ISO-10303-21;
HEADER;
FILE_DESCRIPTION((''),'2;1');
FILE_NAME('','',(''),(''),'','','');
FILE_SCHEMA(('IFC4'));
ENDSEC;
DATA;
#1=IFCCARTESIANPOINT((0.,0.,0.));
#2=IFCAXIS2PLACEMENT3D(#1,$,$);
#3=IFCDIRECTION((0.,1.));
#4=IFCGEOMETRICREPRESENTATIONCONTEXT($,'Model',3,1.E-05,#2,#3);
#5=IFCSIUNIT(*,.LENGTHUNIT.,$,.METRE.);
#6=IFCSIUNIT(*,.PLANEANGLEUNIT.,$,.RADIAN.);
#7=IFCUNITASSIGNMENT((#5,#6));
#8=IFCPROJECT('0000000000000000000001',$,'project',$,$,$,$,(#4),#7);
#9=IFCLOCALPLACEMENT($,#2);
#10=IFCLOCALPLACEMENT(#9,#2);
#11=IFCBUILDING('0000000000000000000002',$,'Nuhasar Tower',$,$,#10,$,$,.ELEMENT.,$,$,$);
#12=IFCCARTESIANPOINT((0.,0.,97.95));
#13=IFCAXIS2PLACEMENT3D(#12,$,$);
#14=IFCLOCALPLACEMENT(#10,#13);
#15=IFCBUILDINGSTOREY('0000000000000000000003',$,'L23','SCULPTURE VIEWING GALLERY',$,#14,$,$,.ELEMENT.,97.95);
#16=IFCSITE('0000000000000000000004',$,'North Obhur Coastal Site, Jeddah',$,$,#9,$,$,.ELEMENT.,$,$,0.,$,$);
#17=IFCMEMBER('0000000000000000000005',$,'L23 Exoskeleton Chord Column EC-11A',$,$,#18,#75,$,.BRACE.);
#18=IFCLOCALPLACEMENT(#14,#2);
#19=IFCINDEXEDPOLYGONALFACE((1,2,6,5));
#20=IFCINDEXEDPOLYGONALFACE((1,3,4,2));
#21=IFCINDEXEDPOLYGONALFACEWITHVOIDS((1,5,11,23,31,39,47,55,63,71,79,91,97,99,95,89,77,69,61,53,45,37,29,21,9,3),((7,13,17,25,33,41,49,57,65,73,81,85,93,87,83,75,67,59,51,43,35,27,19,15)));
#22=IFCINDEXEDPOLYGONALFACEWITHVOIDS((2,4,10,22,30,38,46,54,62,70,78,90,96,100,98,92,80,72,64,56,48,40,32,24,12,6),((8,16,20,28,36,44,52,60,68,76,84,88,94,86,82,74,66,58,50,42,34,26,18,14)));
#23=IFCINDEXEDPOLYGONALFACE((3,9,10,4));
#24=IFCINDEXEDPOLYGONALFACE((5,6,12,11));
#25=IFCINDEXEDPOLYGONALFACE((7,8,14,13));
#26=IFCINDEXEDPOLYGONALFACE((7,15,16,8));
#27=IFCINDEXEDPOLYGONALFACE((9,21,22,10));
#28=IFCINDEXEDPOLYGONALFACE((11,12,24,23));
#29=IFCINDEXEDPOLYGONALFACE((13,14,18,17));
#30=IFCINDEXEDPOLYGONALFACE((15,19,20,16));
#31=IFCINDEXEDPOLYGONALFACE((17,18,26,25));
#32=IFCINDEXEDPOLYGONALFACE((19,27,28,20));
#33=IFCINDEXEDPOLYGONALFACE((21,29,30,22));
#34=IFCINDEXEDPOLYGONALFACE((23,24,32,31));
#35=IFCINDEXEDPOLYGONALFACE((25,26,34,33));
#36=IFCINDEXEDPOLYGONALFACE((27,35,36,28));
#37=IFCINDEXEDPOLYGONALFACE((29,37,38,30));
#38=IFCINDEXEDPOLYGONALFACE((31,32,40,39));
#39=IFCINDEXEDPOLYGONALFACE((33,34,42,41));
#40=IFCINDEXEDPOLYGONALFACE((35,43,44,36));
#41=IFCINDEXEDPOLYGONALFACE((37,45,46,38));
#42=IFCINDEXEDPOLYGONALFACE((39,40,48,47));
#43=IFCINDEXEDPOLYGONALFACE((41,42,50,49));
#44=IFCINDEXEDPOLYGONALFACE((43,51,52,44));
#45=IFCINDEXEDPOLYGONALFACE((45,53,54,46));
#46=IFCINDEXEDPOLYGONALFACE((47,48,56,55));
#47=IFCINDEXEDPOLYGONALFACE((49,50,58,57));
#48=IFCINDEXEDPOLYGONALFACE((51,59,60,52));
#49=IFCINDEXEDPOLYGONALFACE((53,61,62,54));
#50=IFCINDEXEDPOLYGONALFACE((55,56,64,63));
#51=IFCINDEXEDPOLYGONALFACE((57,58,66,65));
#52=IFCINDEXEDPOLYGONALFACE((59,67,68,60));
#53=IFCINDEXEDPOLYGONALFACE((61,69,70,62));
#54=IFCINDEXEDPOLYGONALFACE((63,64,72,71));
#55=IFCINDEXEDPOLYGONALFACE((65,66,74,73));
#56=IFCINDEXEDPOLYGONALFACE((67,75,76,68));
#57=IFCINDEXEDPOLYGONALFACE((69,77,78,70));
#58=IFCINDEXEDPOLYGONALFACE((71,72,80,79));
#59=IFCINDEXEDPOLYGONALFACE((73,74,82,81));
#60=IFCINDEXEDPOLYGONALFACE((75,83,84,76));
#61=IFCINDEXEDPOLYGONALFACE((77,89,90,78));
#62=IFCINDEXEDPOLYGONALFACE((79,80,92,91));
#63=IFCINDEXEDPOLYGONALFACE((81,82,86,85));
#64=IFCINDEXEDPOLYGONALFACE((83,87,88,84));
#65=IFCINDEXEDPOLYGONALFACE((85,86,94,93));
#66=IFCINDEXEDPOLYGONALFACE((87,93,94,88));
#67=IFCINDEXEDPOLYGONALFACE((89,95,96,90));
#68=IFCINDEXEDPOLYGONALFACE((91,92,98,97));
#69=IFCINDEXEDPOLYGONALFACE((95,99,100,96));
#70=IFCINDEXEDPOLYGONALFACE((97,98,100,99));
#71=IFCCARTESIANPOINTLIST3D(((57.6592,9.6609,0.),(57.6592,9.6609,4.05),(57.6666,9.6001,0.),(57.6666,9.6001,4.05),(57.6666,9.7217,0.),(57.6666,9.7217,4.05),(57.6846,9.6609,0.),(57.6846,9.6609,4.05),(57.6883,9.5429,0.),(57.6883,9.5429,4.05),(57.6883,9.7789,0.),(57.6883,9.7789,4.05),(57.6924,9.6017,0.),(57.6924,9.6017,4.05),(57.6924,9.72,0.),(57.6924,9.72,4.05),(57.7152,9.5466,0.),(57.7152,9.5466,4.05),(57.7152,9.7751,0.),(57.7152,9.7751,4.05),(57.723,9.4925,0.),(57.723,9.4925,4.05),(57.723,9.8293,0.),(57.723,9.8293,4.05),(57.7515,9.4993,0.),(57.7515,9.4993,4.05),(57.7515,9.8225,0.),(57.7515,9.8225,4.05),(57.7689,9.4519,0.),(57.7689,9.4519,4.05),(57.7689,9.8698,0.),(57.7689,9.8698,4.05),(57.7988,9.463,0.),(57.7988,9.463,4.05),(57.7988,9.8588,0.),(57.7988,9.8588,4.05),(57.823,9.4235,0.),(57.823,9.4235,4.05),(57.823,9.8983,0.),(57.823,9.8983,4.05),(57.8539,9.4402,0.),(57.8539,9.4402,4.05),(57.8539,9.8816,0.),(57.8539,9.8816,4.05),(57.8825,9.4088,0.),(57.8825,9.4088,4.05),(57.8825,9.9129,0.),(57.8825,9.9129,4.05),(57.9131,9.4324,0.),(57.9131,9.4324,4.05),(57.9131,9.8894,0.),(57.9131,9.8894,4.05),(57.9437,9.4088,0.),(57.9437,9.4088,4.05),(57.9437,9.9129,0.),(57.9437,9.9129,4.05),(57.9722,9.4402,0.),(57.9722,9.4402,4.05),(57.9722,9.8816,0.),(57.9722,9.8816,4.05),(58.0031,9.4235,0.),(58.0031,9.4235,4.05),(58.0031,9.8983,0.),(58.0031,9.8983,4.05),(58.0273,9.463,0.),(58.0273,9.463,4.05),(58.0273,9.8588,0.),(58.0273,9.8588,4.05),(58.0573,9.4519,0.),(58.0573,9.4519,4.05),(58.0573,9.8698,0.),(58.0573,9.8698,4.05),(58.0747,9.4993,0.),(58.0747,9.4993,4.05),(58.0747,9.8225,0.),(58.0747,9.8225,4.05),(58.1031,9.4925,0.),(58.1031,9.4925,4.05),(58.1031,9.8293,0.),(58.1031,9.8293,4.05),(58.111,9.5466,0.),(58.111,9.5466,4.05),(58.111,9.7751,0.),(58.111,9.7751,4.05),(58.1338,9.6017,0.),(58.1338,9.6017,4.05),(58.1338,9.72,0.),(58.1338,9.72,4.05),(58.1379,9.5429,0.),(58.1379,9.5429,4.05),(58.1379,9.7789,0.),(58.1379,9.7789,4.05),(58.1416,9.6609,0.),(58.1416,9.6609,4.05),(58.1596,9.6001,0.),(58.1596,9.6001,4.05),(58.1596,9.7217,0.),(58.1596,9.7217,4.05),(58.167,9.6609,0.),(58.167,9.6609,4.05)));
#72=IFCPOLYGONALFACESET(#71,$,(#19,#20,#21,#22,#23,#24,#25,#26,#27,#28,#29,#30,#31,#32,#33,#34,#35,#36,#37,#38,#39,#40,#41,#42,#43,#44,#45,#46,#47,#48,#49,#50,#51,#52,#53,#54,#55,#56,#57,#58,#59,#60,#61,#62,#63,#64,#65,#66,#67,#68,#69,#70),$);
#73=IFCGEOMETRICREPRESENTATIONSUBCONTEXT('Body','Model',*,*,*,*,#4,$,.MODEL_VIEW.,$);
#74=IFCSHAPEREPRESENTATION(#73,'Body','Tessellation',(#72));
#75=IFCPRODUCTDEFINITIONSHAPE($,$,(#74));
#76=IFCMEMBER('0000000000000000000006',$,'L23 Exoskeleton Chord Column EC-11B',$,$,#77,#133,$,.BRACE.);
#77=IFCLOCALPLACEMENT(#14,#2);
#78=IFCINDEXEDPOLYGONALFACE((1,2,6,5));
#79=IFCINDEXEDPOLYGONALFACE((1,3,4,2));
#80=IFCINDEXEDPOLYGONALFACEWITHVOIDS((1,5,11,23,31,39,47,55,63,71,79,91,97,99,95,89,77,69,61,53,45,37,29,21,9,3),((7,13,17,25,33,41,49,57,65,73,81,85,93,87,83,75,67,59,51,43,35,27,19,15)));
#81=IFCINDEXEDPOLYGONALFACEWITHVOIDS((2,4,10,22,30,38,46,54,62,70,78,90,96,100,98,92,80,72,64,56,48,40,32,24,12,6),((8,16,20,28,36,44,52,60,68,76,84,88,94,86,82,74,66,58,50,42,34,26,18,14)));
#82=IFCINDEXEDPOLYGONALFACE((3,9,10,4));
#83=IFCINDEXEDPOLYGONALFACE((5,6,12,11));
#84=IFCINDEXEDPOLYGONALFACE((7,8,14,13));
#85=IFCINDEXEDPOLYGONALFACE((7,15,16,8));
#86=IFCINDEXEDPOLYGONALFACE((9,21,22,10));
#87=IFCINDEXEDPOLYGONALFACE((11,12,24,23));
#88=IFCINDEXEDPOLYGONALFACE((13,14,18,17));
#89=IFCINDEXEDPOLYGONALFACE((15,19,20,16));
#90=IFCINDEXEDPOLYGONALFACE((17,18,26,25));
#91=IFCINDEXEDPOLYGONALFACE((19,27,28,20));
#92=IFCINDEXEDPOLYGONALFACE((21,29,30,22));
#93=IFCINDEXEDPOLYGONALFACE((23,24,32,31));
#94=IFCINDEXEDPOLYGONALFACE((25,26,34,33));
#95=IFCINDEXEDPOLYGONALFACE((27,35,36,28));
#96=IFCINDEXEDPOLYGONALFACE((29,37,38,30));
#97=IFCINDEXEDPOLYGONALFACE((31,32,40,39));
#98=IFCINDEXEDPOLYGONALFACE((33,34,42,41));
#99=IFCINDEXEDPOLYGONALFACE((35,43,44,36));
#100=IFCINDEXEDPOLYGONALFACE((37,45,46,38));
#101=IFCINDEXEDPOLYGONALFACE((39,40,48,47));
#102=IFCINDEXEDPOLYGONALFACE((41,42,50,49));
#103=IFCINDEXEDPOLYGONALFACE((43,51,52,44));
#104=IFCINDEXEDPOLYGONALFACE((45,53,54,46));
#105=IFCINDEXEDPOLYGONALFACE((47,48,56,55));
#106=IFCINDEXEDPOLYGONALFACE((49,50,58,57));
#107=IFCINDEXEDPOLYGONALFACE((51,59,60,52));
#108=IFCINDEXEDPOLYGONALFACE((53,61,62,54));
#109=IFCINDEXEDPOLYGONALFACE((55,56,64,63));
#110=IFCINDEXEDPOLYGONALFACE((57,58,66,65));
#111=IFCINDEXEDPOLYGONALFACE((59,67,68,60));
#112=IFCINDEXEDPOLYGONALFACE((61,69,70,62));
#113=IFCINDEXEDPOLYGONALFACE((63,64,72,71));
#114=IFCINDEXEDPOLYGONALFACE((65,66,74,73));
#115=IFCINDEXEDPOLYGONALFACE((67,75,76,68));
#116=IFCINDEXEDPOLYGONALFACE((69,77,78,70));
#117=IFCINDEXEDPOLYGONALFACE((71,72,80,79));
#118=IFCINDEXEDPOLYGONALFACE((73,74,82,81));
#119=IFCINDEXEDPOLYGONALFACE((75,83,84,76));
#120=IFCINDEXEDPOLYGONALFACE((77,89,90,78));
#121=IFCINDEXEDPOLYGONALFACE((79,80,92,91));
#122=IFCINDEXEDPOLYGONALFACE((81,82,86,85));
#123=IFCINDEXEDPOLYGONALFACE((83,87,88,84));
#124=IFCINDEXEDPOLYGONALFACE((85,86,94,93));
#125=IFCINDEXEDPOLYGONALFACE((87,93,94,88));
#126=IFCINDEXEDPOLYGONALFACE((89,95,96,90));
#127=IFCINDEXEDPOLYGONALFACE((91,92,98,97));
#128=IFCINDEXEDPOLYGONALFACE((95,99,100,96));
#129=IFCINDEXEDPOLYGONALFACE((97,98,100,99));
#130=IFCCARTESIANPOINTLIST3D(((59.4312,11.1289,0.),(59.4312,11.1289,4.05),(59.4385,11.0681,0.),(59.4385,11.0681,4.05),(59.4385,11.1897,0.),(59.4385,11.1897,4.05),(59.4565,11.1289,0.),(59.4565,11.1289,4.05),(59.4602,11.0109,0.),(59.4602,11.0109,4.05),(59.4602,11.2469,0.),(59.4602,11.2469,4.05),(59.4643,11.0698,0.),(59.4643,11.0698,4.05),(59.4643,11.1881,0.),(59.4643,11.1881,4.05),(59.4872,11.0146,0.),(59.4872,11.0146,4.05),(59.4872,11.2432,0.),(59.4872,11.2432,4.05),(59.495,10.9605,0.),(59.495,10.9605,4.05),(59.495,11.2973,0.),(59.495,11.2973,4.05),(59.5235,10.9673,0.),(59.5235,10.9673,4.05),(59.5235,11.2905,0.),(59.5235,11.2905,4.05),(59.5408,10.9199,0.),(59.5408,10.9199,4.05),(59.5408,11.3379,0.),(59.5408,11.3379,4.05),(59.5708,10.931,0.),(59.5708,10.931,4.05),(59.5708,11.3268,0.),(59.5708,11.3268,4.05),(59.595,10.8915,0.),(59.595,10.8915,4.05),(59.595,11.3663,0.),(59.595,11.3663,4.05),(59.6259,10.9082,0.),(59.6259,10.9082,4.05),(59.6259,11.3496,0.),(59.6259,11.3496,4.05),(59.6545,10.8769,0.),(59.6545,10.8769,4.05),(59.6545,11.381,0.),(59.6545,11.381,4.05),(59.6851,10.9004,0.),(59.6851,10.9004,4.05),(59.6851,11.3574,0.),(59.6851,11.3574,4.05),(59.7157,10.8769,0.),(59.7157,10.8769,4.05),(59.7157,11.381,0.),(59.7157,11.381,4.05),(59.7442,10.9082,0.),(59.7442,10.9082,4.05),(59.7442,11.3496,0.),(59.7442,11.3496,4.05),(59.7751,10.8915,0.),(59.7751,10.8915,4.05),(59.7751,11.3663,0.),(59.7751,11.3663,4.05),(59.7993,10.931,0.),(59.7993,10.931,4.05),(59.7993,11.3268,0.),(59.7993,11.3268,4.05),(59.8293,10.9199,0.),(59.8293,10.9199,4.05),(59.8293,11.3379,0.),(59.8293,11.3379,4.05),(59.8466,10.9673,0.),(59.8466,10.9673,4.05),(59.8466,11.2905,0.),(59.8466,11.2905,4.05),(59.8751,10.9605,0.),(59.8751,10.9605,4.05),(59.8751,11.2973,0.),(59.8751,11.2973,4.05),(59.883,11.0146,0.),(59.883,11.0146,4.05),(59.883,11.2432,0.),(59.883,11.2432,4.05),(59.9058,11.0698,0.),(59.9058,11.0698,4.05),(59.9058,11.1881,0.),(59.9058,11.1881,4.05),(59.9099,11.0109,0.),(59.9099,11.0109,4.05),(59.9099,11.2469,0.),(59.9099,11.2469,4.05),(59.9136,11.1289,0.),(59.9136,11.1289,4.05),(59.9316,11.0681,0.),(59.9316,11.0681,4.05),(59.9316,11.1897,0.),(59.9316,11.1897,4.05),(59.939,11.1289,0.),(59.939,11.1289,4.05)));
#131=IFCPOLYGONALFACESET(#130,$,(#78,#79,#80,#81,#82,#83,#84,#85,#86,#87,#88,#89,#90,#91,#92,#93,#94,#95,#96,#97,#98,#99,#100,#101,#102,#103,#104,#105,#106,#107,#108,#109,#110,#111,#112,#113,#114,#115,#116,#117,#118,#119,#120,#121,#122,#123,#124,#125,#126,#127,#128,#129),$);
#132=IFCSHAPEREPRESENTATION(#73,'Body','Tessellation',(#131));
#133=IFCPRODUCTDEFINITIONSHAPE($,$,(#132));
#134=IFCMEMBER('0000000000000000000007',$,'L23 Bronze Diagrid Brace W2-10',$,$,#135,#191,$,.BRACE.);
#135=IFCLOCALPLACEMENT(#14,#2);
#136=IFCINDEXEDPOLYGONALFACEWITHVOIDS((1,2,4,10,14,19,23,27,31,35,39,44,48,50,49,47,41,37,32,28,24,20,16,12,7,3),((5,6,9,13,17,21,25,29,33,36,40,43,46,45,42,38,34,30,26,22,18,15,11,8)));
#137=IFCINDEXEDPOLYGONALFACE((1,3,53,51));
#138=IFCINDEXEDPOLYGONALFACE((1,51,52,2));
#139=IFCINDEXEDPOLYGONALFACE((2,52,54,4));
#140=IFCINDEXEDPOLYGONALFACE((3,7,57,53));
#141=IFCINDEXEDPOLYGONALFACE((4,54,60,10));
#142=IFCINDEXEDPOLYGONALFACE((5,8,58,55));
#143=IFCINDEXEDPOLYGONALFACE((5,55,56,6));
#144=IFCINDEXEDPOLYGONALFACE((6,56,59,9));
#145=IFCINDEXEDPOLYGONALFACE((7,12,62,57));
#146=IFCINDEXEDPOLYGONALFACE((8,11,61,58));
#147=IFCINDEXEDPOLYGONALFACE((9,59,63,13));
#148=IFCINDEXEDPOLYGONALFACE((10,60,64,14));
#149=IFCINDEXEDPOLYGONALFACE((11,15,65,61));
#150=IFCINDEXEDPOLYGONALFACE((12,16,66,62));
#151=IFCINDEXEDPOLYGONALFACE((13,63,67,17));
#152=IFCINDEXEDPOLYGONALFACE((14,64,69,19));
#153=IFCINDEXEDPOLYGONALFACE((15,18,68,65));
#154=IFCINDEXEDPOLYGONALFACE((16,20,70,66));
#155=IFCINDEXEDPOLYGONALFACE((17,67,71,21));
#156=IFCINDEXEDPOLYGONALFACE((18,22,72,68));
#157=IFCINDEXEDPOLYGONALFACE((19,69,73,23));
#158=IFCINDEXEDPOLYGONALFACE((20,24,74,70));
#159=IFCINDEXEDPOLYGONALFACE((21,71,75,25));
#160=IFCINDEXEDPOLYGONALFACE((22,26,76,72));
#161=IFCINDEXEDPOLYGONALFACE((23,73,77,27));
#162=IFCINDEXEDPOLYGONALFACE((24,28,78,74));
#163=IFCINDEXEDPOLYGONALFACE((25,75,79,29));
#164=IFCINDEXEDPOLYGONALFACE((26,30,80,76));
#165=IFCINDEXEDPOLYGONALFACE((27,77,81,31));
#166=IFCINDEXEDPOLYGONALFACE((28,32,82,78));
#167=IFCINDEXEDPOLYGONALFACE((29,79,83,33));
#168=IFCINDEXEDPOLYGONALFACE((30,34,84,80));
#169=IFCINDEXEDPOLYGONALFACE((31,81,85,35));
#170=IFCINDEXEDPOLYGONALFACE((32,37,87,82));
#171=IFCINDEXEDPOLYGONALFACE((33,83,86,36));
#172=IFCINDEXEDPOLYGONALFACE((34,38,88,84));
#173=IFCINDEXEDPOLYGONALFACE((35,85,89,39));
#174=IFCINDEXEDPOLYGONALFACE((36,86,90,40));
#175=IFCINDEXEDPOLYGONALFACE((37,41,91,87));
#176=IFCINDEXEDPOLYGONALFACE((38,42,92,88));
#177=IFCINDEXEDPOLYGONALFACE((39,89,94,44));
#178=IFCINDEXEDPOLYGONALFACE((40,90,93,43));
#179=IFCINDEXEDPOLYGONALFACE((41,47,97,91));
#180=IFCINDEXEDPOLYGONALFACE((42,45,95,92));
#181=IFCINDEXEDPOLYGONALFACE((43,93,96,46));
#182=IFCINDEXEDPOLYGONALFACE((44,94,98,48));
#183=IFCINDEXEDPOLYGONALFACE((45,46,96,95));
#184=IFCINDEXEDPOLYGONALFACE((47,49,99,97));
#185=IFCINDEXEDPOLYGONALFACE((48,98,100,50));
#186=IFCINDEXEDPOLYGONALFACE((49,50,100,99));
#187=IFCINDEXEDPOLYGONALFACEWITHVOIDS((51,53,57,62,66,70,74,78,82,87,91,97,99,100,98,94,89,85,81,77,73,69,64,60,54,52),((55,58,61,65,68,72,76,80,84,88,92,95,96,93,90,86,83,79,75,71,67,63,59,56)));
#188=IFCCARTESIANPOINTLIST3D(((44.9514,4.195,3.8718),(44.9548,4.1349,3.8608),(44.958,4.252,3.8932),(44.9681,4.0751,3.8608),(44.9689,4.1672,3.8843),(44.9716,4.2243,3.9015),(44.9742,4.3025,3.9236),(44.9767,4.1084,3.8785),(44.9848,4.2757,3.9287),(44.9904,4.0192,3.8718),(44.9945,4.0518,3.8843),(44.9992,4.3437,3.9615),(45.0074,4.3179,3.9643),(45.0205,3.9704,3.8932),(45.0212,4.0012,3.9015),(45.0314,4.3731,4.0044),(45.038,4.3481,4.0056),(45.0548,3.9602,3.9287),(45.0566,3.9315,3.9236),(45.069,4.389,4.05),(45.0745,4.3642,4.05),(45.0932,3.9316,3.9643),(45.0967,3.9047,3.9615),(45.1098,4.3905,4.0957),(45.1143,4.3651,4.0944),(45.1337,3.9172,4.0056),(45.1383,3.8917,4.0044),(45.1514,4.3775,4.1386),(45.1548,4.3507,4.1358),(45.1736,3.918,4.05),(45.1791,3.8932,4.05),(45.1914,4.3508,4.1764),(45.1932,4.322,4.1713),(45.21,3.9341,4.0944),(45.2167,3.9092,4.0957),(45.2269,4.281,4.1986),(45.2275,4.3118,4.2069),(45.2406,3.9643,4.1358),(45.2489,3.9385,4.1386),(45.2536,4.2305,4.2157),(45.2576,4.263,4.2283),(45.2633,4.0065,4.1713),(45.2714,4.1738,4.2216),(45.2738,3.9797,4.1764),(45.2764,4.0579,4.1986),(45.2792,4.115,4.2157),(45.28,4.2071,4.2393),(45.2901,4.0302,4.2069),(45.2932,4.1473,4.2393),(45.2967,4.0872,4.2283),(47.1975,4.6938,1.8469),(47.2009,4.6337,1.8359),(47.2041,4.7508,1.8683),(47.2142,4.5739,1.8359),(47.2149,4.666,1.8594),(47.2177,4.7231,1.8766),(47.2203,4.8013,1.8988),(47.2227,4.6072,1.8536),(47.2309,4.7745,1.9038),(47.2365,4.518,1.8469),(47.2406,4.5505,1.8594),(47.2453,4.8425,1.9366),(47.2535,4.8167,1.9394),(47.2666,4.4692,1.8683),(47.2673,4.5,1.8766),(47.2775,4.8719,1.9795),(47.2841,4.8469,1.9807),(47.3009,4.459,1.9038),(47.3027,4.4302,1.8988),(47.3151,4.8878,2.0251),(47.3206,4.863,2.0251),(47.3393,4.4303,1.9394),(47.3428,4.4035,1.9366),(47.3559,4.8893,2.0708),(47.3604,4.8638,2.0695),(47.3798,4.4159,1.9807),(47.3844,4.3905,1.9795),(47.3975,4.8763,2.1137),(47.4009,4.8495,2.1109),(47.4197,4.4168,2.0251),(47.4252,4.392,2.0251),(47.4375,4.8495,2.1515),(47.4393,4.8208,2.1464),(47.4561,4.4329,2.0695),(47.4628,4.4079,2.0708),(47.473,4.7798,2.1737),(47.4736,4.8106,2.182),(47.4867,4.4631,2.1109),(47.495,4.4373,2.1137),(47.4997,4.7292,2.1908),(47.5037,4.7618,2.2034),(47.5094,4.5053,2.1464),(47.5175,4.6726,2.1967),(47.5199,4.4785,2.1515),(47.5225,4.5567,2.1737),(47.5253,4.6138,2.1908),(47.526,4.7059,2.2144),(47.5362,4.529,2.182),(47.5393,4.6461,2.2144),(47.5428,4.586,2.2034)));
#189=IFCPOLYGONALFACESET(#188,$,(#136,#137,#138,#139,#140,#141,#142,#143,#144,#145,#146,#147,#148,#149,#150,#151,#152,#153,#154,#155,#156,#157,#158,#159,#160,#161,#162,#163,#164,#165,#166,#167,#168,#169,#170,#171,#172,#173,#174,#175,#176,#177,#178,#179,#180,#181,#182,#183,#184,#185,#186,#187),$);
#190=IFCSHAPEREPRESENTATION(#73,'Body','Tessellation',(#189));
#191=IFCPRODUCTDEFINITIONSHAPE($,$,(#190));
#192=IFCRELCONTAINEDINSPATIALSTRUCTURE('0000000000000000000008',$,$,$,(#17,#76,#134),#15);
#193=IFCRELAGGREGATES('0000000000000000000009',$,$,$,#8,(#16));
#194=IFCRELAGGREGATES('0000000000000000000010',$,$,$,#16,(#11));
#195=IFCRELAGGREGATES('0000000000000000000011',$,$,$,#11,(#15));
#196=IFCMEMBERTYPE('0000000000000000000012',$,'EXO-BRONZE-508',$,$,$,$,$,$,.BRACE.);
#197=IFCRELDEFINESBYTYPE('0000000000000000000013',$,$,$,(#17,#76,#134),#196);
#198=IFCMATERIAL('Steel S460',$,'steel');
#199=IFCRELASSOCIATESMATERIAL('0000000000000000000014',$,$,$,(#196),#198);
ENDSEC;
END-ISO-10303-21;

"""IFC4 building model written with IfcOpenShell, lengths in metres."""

from ifc_helpers import new_model, si_unit, direction, frame, origin, origin_2d, place, context, subcontext, project, spatial, hollow_circle, extrude, material, material_profile, profile_set, type_object, element, save


model = new_model("IFC4")

# Units and contexts
model_context = context("Model", 3, precision=1e-05, world=origin(), true_north=direction((0.0, 1.0)))
body_context = subcontext(model_context, "Body", "Model", "MODEL_VIEW")
ifc_project = project(units=[si_unit("LENGTHUNIT", "METRE"), si_unit("PLANEANGLEUNIT", "RADIAN")], contexts=[model_context])

# Site, building, storey
site_placement = place(None, origin())
site = spatial("IfcSite", under=ifc_project, at=site_placement, Name="North Obhur Coastal Site, Jeddah", CompositionType="ELEMENT", RefElevation=0.0)
building_placement = place(site_placement, origin())
building = spatial("IfcBuilding", under=site, at=building_placement, Name="Nuhasar Tower", CompositionType="ELEMENT")
storey_placement = place(building_placement, frame((0.0, 0.0, 97.95)))
storey = spatial("IfcBuildingStorey", under=building, at=storey_placement, Name="L23", Description="SCULPTURE VIEWING GALLERY", CompositionType="ELEMENT", Elevation=97.95)

# Members
ifc_material_1 = material(Name="Steel S460", Category="steel")
ifc_material_profile_1 = material_profile(ifc_material_1, hollow_circle(Radius=0.2539, WallThickness=0.0254, at=origin_2d()), Name="HSS508X25.4")
ifc_profile_set_1 = profile_set([ifc_material_profile_1], Name="Steel S460")
member_type_1 = type_object("IfcMemberType", Name="EXO-BRONZE-508", PredefinedType="BRACE", material=ifc_profile_set_1)
for number, where, z_axis, x_axis, name in (
    (1, (57.9131, 9.6609, 0.0), (0.0, 0.0, 1.0), (1.0, 0.0, 0.0), "L23 Exoskeleton Chord Column EC-11A"),
    (2, (59.6851, 11.1289, 0.0), (0.0, 0.0, 1.0), (1.0, 0.0, 0.0), "L23 Exoskeleton Chord Column EC-11B"),
):
    element("IfcMember", number, at=place(storey_placement, frame(where, z_axis=z_axis, x_axis=x_axis)), inside=storey, type_object=member_type_1, Name=name, PredefinedType="BRACE", context=body_context, shape_type="SweptSolid", body=[
        extrude(hollow_circle(Radius=0.2539, WallThickness=0.0254, at=origin_2d()), origin(), (0.0, 0.0, 1.0), 4.05),
    ])
member_1_placement = place(storey_placement, frame((47.3701, 4.6399, 2.0251), z_axis=(-0.732831, -0.162736, 0.660663), x_axis=(0.216784, -0.97622, 0.0)))
element("IfcMember", 3, at=member_1_placement, inside=storey, type_object=member_type_1, Name="L23 Bronze Diagrid Brace W2-10", PredefinedType="BRACE", context=body_context, shape_type="SweptSolid", body=[
    extrude(hollow_circle(Radius=0.2539, WallThickness=0.0254, at=origin_2d()), origin(), (0.0, 0.0, 1.0), 3.0649),
])

save(model, "model.ifc")
